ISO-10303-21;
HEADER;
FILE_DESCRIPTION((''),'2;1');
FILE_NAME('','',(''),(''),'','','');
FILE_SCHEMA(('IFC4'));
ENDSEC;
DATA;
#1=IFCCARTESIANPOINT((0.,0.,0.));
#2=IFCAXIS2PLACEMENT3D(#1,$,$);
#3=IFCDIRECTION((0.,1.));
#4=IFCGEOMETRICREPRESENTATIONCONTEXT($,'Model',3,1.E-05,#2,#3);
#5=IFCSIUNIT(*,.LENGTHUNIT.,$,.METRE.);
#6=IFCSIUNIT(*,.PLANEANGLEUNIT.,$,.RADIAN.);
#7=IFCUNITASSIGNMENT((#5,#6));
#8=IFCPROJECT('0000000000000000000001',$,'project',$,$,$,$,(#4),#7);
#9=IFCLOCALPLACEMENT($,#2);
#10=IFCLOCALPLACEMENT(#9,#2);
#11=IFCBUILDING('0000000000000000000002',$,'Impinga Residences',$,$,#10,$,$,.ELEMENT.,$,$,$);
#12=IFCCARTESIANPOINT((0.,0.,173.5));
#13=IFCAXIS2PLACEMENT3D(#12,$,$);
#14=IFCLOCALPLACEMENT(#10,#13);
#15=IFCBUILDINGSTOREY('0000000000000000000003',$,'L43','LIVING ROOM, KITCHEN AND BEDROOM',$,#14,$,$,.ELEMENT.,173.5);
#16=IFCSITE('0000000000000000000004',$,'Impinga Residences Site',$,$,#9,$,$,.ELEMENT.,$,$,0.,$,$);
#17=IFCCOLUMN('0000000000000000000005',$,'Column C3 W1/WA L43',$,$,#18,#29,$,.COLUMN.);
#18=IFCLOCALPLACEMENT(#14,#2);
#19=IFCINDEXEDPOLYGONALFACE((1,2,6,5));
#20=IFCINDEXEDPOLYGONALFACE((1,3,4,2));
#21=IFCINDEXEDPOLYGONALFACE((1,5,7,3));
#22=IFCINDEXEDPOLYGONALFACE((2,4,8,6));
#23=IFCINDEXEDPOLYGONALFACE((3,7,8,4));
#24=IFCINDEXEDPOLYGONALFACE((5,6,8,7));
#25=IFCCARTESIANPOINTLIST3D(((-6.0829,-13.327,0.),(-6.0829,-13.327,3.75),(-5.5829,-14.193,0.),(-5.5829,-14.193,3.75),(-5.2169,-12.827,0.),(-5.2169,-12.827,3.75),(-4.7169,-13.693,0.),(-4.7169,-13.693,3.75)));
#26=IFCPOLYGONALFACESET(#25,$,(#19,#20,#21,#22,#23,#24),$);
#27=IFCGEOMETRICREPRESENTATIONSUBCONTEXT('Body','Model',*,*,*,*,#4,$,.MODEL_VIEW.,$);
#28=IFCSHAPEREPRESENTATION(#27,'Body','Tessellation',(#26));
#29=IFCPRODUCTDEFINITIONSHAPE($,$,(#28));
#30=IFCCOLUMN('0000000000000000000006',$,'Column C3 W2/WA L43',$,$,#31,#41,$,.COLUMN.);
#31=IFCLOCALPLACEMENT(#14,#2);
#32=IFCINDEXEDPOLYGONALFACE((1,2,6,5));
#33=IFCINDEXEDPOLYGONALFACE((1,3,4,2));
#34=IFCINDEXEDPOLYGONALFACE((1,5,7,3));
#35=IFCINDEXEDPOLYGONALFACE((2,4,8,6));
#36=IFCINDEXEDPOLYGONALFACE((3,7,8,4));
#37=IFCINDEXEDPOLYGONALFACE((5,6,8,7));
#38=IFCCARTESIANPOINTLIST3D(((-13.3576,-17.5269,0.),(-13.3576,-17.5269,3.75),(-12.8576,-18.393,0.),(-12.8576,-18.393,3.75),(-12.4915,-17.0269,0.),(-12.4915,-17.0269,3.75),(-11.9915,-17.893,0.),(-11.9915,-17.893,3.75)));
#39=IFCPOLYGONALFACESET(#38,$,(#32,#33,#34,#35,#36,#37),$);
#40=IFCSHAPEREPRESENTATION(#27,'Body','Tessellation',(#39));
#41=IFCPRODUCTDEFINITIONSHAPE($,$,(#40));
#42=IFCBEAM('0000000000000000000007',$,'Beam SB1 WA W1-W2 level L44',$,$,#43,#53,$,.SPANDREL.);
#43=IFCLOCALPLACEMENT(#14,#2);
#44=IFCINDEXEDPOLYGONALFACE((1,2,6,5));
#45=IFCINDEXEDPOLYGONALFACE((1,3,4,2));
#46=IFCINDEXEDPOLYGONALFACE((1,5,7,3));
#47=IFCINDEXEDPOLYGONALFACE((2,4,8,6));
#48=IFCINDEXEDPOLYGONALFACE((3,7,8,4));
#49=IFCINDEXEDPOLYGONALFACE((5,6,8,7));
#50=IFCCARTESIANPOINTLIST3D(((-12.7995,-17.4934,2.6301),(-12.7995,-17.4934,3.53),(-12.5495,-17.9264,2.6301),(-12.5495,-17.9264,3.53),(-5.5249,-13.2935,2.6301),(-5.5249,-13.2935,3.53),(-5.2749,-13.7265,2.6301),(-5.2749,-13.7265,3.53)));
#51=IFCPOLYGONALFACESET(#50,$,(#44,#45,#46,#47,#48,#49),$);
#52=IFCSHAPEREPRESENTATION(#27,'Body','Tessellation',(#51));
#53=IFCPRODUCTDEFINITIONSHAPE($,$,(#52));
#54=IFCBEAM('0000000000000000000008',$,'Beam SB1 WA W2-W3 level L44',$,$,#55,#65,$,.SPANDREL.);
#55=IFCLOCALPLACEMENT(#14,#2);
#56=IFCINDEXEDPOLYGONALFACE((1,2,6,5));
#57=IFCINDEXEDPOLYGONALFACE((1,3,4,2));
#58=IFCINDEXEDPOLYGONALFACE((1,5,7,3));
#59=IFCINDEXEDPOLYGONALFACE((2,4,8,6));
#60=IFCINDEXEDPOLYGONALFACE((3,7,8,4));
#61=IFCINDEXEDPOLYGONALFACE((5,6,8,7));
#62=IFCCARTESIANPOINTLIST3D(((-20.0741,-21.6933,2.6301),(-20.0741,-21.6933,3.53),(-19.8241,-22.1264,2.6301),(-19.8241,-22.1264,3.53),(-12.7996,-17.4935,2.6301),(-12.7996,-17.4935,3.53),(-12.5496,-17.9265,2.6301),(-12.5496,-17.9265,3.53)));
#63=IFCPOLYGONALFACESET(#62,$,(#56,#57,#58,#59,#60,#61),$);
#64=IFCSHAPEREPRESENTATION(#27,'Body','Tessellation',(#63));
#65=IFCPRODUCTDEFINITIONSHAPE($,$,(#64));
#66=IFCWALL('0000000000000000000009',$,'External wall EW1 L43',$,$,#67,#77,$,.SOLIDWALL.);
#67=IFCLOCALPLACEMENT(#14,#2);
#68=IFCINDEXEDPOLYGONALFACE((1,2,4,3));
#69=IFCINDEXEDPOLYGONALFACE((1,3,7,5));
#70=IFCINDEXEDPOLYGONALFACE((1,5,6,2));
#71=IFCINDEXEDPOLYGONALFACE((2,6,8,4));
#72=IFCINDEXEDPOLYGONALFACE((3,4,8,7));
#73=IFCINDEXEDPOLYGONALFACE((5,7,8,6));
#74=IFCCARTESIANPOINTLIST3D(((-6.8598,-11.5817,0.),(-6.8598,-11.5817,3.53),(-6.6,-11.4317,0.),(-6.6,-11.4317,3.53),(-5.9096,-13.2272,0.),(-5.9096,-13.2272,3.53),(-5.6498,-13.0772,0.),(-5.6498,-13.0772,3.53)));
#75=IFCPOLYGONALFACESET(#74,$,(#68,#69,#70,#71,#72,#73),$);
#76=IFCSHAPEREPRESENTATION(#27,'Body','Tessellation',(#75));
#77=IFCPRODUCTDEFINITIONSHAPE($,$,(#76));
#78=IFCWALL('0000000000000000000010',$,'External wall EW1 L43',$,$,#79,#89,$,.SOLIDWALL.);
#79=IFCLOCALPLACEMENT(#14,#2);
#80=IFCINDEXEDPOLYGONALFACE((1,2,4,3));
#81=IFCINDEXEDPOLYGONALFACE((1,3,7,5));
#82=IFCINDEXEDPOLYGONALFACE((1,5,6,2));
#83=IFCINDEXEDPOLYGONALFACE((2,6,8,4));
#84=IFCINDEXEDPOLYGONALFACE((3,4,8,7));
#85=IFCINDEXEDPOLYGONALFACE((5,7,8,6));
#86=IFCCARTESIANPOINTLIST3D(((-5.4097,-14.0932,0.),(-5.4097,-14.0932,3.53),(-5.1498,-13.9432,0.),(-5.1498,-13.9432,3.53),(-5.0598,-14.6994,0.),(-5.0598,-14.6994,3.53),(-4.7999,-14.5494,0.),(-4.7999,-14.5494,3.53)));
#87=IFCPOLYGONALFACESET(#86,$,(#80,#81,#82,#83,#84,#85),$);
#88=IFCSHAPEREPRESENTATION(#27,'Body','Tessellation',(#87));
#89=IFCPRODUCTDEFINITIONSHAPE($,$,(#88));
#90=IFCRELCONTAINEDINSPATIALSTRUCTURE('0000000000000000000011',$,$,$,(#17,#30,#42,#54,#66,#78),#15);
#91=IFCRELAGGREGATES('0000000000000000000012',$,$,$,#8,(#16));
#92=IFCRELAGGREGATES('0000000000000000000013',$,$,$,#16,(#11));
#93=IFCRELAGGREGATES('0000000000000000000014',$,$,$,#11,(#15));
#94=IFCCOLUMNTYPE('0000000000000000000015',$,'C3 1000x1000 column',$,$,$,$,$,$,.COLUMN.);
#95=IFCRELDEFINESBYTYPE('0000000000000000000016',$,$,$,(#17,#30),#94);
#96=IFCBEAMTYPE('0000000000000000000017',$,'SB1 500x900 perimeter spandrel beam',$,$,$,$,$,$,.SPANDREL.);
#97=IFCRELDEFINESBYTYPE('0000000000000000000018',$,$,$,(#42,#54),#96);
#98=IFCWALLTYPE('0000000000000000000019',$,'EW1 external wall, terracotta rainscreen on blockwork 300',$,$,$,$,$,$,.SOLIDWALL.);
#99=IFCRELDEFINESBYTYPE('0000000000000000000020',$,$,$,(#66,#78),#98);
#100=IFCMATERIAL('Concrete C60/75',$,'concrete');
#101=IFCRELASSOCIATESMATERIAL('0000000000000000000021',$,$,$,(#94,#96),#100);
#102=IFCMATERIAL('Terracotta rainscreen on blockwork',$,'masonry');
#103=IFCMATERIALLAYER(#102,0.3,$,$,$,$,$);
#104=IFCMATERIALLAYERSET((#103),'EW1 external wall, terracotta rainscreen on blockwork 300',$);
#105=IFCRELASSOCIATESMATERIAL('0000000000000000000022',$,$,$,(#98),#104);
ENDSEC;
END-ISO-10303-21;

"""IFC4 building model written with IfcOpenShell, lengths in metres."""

from ifc_helpers import new_model, si_unit, direction, frame, frame_2d, origin, origin_2d, place, context, subcontext, project, spatial, rectangle, extrude, material, layer, layer_set, material_profile, profile_set, type_object, element, save


model = new_model("IFC4")

# Units and contexts
model_context = context("Model", 3, precision=1e-05, world=origin(), true_north=direction((0.0, 1.0)))
body_context = subcontext(model_context, "Body", "Model", "MODEL_VIEW")
ifc_project = project(units=[si_unit("LENGTHUNIT", "METRE"), si_unit("PLANEANGLEUNIT", "RADIAN")], contexts=[model_context])

# Site, building, storey
site_placement = place(None, origin())
site = spatial("IfcSite", under=ifc_project, at=site_placement, Name="Impinga Residences Site", CompositionType="ELEMENT", RefElevation=0.0)
building_placement = place(site_placement, origin())
building = spatial("IfcBuilding", under=site, at=building_placement, Name="Impinga Residences", CompositionType="ELEMENT")
storey_placement = place(building_placement, frame((0.0, 0.0, 173.5)))
storey = spatial("IfcBuildingStorey", under=building, at=storey_placement, Name="L43", Description="LIVING ROOM, KITCHEN AND BEDROOM", CompositionType="ELEMENT", Elevation=173.5)

# Columns
ifc_material_1 = material(Name="Concrete C60/75", Category="concrete")
ifc_material_profile_1 = material_profile(ifc_material_1, rectangle(XDim=1.0, YDim=1.0, at=origin_2d()), Name="RC 1000x1000")
ifc_profile_set_1 = profile_set([ifc_material_profile_1], Name="Concrete C60/75")
column_type = type_object("IfcColumnType", Name="C3 1000x1000 column", PredefinedType="COLUMN", material=ifc_profile_set_1)
for number, where, z_axis, x_axis, name in (
    (1, (-5.3999, -13.51, 0.0), (0.0, 0.0, 1.0), (-0.5, 0.866025, 0.0), "Column C3 W1/WA L43"),
    (2, (-12.6746, -17.71, 0.0), (0.0, 0.0, 1.0), (-0.5, 0.866025, 0.0), "Column C3 W2/WA L43"),
):
    element("IfcColumn", number, at=place(storey_placement, frame(where, z_axis=z_axis, x_axis=x_axis)), inside=storey, type_object=column_type, Name=name, PredefinedType="COLUMN", context=body_context, shape_type="SweptSolid", body=[
        extrude(rectangle(XDim=1.0, YDim=1.0, at=origin_2d()), origin(), (0.0, 0.0, 1.0), 3.75),
    ])

# Beams
ifc_material_profile_2 = material_profile(ifc_material_1, rectangle(XDim=0.5, YDim=0.8999, at=origin_2d()), Name="RC 500x900")
ifc_profile_set_2 = profile_set([ifc_material_profile_2], Name="Concrete C60/75")
beam_type = type_object("IfcBeamType", Name="SB1 500x900 perimeter spandrel beam", PredefinedType="SPANDREL", material=ifc_profile_set_2)
for number, where, z_axis, x_axis, name in (
    (3, (-5.3999, -13.51, 3.0801), (-0.866029, -0.499993, 0.0), (0.499993, -0.866029, 0.0), "Beam SB1 WA W1-W2 level L44"),
    (4, (-12.6746, -17.71, 3.0801), (-0.866029, -0.499993, 0.0), (0.499993, -0.866029, 0.0), "Beam SB1 WA W2-W3 level L44"),
):
    element("IfcBeam", number, at=place(storey_placement, frame(where, z_axis=z_axis, x_axis=x_axis)), inside=storey, type_object=beam_type, Name=name, PredefinedType="SPANDREL", context=body_context, shape_type="SweptSolid", body=[
        extrude(rectangle(XDim=0.5, YDim=0.8999, at=origin_2d()), origin(), (0.0, 0.0, 1.0), 8.3999),
    ])

# Walls
ifc_material_2 = material(Name="Terracotta rainscreen on blockwork", Category="masonry")
ifc_layer_1 = layer(ifc_material_2, 0.3)
ifc_layer_set_1 = layer_set([ifc_layer_1], Name="EW1 external wall, terracotta rainscreen on blockwork 300")
wall_type_1 = type_object("IfcWallType", Name="EW1 external wall, terracotta rainscreen on blockwork 300", PredefinedType="SOLIDWALL", material=ifc_layer_set_1)
wall_1_placement = place(storey_placement, frame((-6.73, -11.5066, 0.0), z_axis=(0.0, 0.0, 1.0), x_axis=(0.500064, -0.865989, 0.0)))
element("IfcWall", 5, at=wall_1_placement, inside=storey, type_object=wall_type_1, Name="External wall EW1 L43", PredefinedType="SOLIDWALL", context=body_context, shape_type="SweptSolid", body=[
    extrude(rectangle(XDim=1.9001, YDim=0.3, at=frame_2d((0.9502, 0.0))), origin(), (0.0, 0.0, 1.0), 3.53),
])
wall_2_placement = place(storey_placement, frame((-5.2798, -14.0181, 0.0), z_axis=(0.0, 0.0, 1.0), x_axis=(0.499853, -0.86611, 0.0)))
element("IfcWall", 6, at=wall_2_placement, inside=storey, type_object=wall_type_1, Name="External wall EW1 L43", PredefinedType="SOLIDWALL", context=body_context, shape_type="SweptSolid", body=[
    extrude(rectangle(XDim=0.7, YDim=0.3, at=frame_2d((0.3501, 0.0))), origin(), (0.0, 0.0, 1.0), 3.53),
])

save(model, "model.ifc")
